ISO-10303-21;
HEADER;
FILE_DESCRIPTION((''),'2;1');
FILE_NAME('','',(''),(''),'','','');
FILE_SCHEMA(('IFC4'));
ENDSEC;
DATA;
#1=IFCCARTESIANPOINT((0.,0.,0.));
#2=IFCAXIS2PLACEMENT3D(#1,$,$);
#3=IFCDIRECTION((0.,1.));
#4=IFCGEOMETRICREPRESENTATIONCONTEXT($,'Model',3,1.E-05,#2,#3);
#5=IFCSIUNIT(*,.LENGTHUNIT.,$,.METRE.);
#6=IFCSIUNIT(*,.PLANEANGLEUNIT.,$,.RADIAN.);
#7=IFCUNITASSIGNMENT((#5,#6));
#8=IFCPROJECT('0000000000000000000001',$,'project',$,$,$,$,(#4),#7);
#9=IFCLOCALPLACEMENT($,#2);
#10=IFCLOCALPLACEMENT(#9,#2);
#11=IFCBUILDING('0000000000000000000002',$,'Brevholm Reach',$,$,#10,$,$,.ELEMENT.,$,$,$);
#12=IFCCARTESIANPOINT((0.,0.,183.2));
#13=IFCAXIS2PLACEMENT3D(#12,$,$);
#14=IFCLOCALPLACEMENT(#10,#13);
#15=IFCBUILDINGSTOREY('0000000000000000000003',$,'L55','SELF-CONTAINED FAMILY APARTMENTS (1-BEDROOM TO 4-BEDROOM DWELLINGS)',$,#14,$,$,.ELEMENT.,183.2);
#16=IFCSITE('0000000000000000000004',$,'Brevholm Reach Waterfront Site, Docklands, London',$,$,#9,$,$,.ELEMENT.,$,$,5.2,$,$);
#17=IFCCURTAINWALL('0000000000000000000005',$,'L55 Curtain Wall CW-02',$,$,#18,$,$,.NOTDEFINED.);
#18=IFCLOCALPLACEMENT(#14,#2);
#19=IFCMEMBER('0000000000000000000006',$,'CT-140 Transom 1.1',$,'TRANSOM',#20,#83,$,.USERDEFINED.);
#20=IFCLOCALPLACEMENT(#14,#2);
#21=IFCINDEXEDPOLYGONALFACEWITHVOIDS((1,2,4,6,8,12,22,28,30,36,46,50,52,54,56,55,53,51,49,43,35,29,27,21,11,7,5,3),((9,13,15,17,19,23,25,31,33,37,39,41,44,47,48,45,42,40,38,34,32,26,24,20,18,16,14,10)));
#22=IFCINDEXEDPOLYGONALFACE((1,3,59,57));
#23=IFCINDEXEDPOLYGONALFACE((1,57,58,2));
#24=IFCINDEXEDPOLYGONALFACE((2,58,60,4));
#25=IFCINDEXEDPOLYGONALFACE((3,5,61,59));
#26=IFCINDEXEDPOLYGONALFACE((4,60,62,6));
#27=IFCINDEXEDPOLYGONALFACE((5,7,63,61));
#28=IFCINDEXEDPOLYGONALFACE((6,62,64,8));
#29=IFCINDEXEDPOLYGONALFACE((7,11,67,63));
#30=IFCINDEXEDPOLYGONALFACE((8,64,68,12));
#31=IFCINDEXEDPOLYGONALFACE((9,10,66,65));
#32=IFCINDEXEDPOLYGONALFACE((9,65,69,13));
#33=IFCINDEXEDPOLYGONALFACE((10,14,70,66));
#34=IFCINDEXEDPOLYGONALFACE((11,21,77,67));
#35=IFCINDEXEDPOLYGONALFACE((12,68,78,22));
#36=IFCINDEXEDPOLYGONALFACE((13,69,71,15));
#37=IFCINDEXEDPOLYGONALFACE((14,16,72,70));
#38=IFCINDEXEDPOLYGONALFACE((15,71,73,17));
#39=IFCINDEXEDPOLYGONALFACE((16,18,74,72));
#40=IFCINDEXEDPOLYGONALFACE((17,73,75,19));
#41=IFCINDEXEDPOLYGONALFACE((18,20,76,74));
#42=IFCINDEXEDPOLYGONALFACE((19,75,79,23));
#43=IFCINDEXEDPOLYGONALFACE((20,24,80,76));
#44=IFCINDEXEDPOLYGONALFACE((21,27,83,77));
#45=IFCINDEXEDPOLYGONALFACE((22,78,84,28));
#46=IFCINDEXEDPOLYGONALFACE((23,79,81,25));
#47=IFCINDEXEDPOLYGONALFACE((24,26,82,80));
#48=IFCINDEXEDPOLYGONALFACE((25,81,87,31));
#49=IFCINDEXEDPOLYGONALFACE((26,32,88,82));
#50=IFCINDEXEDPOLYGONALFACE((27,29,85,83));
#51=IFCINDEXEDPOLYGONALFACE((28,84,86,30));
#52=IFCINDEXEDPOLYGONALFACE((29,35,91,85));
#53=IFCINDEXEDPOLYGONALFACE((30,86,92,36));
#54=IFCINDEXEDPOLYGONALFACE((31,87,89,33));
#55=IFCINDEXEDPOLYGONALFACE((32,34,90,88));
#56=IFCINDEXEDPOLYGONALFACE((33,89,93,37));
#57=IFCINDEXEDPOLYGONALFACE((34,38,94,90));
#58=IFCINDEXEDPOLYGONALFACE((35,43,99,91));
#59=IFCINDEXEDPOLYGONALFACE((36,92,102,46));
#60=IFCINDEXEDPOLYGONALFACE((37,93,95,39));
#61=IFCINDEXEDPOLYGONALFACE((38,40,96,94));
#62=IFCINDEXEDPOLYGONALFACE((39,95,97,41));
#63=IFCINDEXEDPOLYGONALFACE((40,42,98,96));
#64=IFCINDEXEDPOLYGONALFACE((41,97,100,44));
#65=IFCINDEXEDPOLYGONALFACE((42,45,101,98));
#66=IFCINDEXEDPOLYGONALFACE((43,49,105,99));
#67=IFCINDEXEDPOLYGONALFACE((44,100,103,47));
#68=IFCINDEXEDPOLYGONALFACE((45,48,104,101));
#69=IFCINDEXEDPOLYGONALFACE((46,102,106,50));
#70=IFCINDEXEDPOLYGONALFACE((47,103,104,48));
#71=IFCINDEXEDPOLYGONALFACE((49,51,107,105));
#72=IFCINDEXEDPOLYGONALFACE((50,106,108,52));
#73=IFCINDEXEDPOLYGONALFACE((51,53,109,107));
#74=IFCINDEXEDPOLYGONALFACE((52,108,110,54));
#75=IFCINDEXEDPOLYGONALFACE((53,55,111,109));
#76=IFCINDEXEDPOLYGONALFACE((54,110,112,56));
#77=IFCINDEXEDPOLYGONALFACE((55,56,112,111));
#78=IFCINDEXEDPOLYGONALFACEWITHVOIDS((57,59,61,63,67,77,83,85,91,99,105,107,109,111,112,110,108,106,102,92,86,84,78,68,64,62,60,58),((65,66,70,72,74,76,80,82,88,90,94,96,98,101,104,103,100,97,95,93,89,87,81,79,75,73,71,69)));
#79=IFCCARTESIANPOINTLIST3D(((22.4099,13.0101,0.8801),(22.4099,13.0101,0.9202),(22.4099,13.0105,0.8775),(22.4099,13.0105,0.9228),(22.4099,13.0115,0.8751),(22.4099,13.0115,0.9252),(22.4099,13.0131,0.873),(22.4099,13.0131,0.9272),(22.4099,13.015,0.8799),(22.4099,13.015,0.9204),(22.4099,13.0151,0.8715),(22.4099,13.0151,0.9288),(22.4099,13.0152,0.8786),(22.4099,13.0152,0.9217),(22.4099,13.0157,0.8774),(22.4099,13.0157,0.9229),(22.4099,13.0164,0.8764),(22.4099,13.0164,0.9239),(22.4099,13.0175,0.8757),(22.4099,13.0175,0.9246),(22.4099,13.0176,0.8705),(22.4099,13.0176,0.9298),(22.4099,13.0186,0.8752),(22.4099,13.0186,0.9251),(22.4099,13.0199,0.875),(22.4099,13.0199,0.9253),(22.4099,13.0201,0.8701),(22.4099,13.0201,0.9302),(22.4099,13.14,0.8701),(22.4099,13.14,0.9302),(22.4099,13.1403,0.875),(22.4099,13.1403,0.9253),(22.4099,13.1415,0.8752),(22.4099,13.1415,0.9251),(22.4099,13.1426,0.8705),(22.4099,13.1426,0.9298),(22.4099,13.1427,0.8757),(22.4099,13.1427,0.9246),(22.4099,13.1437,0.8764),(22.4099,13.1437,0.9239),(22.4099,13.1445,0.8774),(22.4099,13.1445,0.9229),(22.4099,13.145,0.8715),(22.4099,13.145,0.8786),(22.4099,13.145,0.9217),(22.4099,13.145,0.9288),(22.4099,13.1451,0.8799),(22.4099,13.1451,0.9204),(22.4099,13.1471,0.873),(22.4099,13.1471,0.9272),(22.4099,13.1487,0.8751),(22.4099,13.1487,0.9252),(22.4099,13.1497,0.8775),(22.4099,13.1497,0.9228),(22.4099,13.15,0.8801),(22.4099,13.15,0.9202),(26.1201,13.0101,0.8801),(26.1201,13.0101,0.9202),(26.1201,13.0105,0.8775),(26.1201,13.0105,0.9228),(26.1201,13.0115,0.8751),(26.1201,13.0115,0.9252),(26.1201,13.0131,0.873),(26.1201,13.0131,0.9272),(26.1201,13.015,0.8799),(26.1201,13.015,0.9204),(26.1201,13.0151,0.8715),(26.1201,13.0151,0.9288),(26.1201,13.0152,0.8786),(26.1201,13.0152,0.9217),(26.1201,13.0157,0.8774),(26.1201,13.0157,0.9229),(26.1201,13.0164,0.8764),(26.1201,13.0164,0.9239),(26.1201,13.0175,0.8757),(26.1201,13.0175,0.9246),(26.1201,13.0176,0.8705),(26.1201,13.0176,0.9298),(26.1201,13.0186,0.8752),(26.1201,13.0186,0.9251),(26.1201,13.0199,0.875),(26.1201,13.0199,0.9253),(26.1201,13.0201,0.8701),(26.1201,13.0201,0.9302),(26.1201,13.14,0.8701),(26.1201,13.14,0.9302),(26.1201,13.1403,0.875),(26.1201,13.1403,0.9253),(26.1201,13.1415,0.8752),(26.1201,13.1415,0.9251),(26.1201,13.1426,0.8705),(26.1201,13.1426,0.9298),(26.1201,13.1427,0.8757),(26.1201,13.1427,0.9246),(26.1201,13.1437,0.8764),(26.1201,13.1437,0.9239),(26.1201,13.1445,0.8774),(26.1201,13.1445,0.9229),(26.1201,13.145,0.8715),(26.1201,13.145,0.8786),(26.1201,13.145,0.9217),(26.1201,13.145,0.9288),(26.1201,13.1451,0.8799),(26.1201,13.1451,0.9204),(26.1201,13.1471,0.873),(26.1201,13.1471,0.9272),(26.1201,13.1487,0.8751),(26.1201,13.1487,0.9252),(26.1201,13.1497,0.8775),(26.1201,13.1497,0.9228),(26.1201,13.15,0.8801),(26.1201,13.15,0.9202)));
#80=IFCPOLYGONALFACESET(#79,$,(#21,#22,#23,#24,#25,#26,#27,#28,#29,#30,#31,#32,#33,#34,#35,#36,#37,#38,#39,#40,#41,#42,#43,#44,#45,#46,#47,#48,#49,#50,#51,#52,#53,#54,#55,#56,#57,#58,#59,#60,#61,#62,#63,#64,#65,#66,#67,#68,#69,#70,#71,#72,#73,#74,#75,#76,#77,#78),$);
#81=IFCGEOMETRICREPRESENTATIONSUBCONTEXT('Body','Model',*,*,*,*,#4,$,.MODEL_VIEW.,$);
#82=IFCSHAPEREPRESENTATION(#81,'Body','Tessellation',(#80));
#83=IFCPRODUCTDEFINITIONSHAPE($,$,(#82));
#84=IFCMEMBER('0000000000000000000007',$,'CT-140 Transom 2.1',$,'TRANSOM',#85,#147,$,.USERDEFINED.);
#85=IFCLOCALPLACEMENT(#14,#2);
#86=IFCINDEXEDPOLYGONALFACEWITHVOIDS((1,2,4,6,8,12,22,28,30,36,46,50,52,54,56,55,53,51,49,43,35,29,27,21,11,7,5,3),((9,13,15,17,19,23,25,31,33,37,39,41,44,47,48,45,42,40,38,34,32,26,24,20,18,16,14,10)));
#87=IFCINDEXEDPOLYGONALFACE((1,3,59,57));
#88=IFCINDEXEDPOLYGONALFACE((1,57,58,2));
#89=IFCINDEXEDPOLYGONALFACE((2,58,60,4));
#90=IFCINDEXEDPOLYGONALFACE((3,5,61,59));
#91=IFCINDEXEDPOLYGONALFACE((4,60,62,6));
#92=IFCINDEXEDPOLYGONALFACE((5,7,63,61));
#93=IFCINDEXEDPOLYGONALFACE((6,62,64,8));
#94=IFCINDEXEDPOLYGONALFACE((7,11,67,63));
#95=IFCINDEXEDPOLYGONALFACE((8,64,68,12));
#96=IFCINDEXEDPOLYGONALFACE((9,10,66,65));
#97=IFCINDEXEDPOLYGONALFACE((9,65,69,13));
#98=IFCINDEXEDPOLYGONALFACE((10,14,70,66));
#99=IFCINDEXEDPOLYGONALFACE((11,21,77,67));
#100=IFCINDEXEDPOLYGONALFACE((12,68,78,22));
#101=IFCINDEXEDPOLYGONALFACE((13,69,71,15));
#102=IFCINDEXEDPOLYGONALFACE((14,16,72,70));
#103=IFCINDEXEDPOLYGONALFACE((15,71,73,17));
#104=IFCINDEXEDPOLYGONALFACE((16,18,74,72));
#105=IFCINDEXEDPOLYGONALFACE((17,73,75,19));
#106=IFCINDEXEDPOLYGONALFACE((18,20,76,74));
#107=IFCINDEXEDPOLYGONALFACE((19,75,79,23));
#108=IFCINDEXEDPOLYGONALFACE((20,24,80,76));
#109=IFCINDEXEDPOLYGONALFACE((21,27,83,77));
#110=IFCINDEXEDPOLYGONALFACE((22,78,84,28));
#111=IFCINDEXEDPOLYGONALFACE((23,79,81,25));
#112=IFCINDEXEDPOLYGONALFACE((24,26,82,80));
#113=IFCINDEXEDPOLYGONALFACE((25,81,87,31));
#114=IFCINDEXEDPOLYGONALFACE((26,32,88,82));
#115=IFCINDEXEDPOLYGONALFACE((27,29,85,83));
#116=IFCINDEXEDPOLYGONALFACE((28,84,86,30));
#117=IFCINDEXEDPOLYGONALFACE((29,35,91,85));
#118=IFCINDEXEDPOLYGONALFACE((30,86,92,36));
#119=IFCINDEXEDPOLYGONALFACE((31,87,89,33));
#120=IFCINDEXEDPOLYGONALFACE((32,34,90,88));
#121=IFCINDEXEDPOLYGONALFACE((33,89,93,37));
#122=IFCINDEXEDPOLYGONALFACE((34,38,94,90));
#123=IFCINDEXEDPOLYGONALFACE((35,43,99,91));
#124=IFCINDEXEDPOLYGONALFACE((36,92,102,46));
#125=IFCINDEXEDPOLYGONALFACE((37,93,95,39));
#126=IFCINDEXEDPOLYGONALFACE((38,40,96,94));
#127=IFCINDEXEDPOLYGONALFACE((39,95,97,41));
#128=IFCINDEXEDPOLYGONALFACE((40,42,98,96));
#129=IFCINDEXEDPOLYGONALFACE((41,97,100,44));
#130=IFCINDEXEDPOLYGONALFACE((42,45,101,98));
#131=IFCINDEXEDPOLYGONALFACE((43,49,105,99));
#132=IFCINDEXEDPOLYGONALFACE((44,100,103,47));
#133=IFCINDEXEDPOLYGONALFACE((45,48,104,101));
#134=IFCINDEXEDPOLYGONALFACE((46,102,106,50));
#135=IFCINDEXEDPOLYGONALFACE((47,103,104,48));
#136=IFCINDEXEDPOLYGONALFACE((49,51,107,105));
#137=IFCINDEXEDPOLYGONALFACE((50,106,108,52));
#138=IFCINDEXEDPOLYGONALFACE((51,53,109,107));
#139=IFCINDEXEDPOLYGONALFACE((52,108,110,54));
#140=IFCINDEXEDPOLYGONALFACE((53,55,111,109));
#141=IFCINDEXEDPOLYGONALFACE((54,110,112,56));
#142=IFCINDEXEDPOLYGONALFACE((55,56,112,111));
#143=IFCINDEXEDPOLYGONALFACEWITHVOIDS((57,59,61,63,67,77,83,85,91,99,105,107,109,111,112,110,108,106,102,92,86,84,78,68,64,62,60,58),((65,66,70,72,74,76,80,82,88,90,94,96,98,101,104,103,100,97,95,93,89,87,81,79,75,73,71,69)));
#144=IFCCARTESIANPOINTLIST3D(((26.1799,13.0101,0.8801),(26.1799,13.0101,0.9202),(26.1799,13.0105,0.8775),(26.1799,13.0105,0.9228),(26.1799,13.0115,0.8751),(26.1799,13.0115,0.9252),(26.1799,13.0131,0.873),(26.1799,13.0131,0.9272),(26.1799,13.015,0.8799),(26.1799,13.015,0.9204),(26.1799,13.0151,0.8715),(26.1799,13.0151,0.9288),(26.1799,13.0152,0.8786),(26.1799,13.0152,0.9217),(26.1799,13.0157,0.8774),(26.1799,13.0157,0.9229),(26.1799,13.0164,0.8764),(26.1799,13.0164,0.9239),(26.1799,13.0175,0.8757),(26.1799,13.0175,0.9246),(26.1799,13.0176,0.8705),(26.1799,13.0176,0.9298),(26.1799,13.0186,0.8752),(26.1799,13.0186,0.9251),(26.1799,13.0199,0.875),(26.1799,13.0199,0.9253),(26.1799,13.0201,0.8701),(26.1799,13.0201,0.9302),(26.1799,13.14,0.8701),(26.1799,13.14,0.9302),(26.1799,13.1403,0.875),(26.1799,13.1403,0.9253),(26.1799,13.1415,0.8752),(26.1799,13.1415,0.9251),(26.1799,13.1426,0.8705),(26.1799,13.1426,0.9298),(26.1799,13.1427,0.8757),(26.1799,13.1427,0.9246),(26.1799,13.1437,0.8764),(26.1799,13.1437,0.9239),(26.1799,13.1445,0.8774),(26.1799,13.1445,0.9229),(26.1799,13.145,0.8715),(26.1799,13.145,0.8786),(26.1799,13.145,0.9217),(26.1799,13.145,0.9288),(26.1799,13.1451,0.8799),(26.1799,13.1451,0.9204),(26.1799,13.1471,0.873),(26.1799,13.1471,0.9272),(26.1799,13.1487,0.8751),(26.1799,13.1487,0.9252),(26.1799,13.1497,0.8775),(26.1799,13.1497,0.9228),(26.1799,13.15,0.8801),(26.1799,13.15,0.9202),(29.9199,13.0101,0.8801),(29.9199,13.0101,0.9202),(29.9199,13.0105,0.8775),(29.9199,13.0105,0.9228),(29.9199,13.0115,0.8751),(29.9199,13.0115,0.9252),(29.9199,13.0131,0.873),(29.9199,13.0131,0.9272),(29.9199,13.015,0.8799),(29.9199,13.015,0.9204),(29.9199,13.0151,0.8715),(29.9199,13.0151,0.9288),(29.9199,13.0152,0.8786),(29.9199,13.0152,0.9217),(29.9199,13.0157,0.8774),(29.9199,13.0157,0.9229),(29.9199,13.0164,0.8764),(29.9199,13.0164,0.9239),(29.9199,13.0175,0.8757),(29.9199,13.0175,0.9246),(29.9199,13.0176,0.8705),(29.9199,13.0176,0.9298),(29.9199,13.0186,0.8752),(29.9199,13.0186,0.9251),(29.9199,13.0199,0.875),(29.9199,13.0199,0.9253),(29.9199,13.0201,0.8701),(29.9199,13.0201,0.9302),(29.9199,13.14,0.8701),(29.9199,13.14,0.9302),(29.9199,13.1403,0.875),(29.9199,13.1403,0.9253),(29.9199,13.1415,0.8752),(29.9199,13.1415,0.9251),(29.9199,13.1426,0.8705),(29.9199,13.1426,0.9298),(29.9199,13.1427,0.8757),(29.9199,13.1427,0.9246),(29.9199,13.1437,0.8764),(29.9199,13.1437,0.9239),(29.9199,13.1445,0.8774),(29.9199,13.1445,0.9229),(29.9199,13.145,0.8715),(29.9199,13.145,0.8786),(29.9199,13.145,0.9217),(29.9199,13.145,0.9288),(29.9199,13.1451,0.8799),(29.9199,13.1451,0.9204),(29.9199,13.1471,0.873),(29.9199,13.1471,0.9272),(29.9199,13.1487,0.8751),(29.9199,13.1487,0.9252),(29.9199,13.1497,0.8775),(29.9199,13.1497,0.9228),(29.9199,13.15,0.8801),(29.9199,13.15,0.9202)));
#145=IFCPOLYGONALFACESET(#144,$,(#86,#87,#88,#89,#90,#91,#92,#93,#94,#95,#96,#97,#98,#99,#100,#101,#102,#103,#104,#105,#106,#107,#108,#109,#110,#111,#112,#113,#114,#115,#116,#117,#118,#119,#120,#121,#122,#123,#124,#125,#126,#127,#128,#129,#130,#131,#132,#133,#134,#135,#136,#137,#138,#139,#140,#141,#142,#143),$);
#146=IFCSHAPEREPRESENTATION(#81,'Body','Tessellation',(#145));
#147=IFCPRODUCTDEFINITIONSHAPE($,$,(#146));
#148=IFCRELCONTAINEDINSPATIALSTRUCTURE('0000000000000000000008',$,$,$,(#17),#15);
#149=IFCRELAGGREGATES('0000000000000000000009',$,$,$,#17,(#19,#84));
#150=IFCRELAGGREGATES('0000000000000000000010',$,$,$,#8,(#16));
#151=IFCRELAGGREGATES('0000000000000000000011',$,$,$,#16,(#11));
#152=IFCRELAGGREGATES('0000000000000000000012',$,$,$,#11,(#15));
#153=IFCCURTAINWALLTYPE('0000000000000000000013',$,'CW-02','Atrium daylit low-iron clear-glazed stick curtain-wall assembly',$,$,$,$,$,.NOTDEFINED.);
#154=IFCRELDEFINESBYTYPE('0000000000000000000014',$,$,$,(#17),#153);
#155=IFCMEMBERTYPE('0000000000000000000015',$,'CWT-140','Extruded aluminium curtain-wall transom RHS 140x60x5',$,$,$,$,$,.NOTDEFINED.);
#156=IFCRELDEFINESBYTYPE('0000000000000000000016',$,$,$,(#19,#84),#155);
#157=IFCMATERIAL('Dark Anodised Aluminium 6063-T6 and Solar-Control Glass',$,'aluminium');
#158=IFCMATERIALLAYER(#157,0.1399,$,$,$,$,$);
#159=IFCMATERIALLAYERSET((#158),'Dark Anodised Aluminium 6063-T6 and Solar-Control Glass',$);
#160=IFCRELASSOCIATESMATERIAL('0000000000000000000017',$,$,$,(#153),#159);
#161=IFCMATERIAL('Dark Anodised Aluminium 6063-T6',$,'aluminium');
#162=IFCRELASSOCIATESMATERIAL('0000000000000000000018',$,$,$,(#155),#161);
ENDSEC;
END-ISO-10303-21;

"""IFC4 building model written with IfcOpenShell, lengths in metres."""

from ifc_helpers import new_model, si_unit, direction, frame, origin, origin_2d, place, context, subcontext, project, spatial, hollow_rectangle, extrude, material, layer, layer_set, material_profile, profile_set, type_object, element, aggregate, save


model = new_model("IFC4")

# Units and contexts
model_context = context("Model", 3, precision=1e-05, world=origin(), true_north=direction((0.0, 1.0)))
body_context = subcontext(model_context, "Body", "Model", "MODEL_VIEW")
ifc_project = project(units=[si_unit("LENGTHUNIT", "METRE"), si_unit("PLANEANGLEUNIT", "RADIAN")], contexts=[model_context])

# Site, building, storey
site_placement = place(None, origin())
site = spatial("IfcSite", under=ifc_project, at=site_placement, Name="Brevholm Reach Waterfront Site, Docklands, London", CompositionType="ELEMENT", RefElevation=5.2)
building_placement = place(site_placement, origin())
building = spatial("IfcBuilding", under=site, at=building_placement, Name="Brevholm Reach", CompositionType="ELEMENT")
storey_placement = place(building_placement, frame((0.0, 0.0, 183.2)))
storey = spatial("IfcBuildingStorey", under=building, at=storey_placement, Name="L55", Description="SELF-CONTAINED FAMILY APARTMENTS (1-BEDROOM TO 4-BEDROOM DWELLINGS)", CompositionType="ELEMENT", Elevation=183.2)

# Curtain wall
ifc_material_1 = material(Name="Dark Anodised Aluminium 6063-T6 and Solar-Control Glass", Category="aluminium")
ifc_layer_1 = layer(ifc_material_1, 0.1399)
ifc_layer_set_1 = layer_set([ifc_layer_1], Name="Dark Anodised Aluminium 6063-T6 and Solar-Control Glass")
curtain_wall_type_1 = type_object("IfcCurtainWallType", Name="CW-02", Description="Atrium daylit low-iron clear-glazed stick curtain-wall assembly", PredefinedType="NOTDEFINED", material=ifc_layer_set_1)
curtain_wall_1_placement = place(storey_placement, origin())
curtain_wall_1 = element("IfcCurtainWall", 1, at=curtain_wall_1_placement, inside=storey, type_object=curtain_wall_type_1, Name="L55 Curtain Wall CW-02", PredefinedType="NOTDEFINED")

# Members
ifc_material_2 = material(Name="Dark Anodised Aluminium 6063-T6", Category="aluminium")
ifc_material_profile_1 = material_profile(ifc_material_2, hollow_rectangle(XDim=0.0601, YDim=0.1399, WallThickness=0.0049, InnerFilletRadius=0.0049, OuterFilletRadius=0.01, at=origin_2d()), Name="RHS 140x60x5")
ifc_profile_set_1 = profile_set([ifc_material_profile_1], Name="Dark Anodised Aluminium 6063-T6")
member_type_1 = type_object("IfcMemberType", Name="CWT-140", Description="Extruded aluminium curtain-wall transom RHS 140x60x5", PredefinedType="NOTDEFINED", material=ifc_profile_set_1)
member_1_placement = place(storey_placement, frame((22.4099, 13.0801, 0.9001), z_axis=(1.0, 0.0, 0.0), x_axis=(0.0, 0.0, 1.0)))
member_1 = element("IfcMember", 2, at=member_1_placement, type_object=member_type_1, Name="CT-140 Transom 1.1", ObjectType="TRANSOM", PredefinedType="USERDEFINED", context=body_context, shape_type="SweptSolid", body=[
    extrude(hollow_rectangle(XDim=0.0601, YDim=0.1399, WallThickness=0.0049, InnerFilletRadius=0.0049, OuterFilletRadius=0.01, at=origin_2d()), origin(), (0.0, 0.0, 1.0), 3.7102),
])
member_2_placement = place(storey_placement, frame((26.1799, 13.0801, 0.9001), z_axis=(1.0, 0.0, 0.0), x_axis=(0.0, 0.0, 1.0)))
member_2 = element("IfcMember", 3, at=member_2_placement, type_object=member_type_1, Name="CT-140 Transom 2.1", ObjectType="TRANSOM", PredefinedType="USERDEFINED", context=body_context, shape_type="SweptSolid", body=[
    extrude(hollow_rectangle(XDim=0.0601, YDim=0.1399, WallThickness=0.0049, InnerFilletRadius=0.0049, OuterFilletRadius=0.01, at=origin_2d()), origin(), (0.0, 0.0, 1.0), 3.74),
])

aggregate(curtain_wall_1, [member_1, member_2])

save(model, "model.ifc")
